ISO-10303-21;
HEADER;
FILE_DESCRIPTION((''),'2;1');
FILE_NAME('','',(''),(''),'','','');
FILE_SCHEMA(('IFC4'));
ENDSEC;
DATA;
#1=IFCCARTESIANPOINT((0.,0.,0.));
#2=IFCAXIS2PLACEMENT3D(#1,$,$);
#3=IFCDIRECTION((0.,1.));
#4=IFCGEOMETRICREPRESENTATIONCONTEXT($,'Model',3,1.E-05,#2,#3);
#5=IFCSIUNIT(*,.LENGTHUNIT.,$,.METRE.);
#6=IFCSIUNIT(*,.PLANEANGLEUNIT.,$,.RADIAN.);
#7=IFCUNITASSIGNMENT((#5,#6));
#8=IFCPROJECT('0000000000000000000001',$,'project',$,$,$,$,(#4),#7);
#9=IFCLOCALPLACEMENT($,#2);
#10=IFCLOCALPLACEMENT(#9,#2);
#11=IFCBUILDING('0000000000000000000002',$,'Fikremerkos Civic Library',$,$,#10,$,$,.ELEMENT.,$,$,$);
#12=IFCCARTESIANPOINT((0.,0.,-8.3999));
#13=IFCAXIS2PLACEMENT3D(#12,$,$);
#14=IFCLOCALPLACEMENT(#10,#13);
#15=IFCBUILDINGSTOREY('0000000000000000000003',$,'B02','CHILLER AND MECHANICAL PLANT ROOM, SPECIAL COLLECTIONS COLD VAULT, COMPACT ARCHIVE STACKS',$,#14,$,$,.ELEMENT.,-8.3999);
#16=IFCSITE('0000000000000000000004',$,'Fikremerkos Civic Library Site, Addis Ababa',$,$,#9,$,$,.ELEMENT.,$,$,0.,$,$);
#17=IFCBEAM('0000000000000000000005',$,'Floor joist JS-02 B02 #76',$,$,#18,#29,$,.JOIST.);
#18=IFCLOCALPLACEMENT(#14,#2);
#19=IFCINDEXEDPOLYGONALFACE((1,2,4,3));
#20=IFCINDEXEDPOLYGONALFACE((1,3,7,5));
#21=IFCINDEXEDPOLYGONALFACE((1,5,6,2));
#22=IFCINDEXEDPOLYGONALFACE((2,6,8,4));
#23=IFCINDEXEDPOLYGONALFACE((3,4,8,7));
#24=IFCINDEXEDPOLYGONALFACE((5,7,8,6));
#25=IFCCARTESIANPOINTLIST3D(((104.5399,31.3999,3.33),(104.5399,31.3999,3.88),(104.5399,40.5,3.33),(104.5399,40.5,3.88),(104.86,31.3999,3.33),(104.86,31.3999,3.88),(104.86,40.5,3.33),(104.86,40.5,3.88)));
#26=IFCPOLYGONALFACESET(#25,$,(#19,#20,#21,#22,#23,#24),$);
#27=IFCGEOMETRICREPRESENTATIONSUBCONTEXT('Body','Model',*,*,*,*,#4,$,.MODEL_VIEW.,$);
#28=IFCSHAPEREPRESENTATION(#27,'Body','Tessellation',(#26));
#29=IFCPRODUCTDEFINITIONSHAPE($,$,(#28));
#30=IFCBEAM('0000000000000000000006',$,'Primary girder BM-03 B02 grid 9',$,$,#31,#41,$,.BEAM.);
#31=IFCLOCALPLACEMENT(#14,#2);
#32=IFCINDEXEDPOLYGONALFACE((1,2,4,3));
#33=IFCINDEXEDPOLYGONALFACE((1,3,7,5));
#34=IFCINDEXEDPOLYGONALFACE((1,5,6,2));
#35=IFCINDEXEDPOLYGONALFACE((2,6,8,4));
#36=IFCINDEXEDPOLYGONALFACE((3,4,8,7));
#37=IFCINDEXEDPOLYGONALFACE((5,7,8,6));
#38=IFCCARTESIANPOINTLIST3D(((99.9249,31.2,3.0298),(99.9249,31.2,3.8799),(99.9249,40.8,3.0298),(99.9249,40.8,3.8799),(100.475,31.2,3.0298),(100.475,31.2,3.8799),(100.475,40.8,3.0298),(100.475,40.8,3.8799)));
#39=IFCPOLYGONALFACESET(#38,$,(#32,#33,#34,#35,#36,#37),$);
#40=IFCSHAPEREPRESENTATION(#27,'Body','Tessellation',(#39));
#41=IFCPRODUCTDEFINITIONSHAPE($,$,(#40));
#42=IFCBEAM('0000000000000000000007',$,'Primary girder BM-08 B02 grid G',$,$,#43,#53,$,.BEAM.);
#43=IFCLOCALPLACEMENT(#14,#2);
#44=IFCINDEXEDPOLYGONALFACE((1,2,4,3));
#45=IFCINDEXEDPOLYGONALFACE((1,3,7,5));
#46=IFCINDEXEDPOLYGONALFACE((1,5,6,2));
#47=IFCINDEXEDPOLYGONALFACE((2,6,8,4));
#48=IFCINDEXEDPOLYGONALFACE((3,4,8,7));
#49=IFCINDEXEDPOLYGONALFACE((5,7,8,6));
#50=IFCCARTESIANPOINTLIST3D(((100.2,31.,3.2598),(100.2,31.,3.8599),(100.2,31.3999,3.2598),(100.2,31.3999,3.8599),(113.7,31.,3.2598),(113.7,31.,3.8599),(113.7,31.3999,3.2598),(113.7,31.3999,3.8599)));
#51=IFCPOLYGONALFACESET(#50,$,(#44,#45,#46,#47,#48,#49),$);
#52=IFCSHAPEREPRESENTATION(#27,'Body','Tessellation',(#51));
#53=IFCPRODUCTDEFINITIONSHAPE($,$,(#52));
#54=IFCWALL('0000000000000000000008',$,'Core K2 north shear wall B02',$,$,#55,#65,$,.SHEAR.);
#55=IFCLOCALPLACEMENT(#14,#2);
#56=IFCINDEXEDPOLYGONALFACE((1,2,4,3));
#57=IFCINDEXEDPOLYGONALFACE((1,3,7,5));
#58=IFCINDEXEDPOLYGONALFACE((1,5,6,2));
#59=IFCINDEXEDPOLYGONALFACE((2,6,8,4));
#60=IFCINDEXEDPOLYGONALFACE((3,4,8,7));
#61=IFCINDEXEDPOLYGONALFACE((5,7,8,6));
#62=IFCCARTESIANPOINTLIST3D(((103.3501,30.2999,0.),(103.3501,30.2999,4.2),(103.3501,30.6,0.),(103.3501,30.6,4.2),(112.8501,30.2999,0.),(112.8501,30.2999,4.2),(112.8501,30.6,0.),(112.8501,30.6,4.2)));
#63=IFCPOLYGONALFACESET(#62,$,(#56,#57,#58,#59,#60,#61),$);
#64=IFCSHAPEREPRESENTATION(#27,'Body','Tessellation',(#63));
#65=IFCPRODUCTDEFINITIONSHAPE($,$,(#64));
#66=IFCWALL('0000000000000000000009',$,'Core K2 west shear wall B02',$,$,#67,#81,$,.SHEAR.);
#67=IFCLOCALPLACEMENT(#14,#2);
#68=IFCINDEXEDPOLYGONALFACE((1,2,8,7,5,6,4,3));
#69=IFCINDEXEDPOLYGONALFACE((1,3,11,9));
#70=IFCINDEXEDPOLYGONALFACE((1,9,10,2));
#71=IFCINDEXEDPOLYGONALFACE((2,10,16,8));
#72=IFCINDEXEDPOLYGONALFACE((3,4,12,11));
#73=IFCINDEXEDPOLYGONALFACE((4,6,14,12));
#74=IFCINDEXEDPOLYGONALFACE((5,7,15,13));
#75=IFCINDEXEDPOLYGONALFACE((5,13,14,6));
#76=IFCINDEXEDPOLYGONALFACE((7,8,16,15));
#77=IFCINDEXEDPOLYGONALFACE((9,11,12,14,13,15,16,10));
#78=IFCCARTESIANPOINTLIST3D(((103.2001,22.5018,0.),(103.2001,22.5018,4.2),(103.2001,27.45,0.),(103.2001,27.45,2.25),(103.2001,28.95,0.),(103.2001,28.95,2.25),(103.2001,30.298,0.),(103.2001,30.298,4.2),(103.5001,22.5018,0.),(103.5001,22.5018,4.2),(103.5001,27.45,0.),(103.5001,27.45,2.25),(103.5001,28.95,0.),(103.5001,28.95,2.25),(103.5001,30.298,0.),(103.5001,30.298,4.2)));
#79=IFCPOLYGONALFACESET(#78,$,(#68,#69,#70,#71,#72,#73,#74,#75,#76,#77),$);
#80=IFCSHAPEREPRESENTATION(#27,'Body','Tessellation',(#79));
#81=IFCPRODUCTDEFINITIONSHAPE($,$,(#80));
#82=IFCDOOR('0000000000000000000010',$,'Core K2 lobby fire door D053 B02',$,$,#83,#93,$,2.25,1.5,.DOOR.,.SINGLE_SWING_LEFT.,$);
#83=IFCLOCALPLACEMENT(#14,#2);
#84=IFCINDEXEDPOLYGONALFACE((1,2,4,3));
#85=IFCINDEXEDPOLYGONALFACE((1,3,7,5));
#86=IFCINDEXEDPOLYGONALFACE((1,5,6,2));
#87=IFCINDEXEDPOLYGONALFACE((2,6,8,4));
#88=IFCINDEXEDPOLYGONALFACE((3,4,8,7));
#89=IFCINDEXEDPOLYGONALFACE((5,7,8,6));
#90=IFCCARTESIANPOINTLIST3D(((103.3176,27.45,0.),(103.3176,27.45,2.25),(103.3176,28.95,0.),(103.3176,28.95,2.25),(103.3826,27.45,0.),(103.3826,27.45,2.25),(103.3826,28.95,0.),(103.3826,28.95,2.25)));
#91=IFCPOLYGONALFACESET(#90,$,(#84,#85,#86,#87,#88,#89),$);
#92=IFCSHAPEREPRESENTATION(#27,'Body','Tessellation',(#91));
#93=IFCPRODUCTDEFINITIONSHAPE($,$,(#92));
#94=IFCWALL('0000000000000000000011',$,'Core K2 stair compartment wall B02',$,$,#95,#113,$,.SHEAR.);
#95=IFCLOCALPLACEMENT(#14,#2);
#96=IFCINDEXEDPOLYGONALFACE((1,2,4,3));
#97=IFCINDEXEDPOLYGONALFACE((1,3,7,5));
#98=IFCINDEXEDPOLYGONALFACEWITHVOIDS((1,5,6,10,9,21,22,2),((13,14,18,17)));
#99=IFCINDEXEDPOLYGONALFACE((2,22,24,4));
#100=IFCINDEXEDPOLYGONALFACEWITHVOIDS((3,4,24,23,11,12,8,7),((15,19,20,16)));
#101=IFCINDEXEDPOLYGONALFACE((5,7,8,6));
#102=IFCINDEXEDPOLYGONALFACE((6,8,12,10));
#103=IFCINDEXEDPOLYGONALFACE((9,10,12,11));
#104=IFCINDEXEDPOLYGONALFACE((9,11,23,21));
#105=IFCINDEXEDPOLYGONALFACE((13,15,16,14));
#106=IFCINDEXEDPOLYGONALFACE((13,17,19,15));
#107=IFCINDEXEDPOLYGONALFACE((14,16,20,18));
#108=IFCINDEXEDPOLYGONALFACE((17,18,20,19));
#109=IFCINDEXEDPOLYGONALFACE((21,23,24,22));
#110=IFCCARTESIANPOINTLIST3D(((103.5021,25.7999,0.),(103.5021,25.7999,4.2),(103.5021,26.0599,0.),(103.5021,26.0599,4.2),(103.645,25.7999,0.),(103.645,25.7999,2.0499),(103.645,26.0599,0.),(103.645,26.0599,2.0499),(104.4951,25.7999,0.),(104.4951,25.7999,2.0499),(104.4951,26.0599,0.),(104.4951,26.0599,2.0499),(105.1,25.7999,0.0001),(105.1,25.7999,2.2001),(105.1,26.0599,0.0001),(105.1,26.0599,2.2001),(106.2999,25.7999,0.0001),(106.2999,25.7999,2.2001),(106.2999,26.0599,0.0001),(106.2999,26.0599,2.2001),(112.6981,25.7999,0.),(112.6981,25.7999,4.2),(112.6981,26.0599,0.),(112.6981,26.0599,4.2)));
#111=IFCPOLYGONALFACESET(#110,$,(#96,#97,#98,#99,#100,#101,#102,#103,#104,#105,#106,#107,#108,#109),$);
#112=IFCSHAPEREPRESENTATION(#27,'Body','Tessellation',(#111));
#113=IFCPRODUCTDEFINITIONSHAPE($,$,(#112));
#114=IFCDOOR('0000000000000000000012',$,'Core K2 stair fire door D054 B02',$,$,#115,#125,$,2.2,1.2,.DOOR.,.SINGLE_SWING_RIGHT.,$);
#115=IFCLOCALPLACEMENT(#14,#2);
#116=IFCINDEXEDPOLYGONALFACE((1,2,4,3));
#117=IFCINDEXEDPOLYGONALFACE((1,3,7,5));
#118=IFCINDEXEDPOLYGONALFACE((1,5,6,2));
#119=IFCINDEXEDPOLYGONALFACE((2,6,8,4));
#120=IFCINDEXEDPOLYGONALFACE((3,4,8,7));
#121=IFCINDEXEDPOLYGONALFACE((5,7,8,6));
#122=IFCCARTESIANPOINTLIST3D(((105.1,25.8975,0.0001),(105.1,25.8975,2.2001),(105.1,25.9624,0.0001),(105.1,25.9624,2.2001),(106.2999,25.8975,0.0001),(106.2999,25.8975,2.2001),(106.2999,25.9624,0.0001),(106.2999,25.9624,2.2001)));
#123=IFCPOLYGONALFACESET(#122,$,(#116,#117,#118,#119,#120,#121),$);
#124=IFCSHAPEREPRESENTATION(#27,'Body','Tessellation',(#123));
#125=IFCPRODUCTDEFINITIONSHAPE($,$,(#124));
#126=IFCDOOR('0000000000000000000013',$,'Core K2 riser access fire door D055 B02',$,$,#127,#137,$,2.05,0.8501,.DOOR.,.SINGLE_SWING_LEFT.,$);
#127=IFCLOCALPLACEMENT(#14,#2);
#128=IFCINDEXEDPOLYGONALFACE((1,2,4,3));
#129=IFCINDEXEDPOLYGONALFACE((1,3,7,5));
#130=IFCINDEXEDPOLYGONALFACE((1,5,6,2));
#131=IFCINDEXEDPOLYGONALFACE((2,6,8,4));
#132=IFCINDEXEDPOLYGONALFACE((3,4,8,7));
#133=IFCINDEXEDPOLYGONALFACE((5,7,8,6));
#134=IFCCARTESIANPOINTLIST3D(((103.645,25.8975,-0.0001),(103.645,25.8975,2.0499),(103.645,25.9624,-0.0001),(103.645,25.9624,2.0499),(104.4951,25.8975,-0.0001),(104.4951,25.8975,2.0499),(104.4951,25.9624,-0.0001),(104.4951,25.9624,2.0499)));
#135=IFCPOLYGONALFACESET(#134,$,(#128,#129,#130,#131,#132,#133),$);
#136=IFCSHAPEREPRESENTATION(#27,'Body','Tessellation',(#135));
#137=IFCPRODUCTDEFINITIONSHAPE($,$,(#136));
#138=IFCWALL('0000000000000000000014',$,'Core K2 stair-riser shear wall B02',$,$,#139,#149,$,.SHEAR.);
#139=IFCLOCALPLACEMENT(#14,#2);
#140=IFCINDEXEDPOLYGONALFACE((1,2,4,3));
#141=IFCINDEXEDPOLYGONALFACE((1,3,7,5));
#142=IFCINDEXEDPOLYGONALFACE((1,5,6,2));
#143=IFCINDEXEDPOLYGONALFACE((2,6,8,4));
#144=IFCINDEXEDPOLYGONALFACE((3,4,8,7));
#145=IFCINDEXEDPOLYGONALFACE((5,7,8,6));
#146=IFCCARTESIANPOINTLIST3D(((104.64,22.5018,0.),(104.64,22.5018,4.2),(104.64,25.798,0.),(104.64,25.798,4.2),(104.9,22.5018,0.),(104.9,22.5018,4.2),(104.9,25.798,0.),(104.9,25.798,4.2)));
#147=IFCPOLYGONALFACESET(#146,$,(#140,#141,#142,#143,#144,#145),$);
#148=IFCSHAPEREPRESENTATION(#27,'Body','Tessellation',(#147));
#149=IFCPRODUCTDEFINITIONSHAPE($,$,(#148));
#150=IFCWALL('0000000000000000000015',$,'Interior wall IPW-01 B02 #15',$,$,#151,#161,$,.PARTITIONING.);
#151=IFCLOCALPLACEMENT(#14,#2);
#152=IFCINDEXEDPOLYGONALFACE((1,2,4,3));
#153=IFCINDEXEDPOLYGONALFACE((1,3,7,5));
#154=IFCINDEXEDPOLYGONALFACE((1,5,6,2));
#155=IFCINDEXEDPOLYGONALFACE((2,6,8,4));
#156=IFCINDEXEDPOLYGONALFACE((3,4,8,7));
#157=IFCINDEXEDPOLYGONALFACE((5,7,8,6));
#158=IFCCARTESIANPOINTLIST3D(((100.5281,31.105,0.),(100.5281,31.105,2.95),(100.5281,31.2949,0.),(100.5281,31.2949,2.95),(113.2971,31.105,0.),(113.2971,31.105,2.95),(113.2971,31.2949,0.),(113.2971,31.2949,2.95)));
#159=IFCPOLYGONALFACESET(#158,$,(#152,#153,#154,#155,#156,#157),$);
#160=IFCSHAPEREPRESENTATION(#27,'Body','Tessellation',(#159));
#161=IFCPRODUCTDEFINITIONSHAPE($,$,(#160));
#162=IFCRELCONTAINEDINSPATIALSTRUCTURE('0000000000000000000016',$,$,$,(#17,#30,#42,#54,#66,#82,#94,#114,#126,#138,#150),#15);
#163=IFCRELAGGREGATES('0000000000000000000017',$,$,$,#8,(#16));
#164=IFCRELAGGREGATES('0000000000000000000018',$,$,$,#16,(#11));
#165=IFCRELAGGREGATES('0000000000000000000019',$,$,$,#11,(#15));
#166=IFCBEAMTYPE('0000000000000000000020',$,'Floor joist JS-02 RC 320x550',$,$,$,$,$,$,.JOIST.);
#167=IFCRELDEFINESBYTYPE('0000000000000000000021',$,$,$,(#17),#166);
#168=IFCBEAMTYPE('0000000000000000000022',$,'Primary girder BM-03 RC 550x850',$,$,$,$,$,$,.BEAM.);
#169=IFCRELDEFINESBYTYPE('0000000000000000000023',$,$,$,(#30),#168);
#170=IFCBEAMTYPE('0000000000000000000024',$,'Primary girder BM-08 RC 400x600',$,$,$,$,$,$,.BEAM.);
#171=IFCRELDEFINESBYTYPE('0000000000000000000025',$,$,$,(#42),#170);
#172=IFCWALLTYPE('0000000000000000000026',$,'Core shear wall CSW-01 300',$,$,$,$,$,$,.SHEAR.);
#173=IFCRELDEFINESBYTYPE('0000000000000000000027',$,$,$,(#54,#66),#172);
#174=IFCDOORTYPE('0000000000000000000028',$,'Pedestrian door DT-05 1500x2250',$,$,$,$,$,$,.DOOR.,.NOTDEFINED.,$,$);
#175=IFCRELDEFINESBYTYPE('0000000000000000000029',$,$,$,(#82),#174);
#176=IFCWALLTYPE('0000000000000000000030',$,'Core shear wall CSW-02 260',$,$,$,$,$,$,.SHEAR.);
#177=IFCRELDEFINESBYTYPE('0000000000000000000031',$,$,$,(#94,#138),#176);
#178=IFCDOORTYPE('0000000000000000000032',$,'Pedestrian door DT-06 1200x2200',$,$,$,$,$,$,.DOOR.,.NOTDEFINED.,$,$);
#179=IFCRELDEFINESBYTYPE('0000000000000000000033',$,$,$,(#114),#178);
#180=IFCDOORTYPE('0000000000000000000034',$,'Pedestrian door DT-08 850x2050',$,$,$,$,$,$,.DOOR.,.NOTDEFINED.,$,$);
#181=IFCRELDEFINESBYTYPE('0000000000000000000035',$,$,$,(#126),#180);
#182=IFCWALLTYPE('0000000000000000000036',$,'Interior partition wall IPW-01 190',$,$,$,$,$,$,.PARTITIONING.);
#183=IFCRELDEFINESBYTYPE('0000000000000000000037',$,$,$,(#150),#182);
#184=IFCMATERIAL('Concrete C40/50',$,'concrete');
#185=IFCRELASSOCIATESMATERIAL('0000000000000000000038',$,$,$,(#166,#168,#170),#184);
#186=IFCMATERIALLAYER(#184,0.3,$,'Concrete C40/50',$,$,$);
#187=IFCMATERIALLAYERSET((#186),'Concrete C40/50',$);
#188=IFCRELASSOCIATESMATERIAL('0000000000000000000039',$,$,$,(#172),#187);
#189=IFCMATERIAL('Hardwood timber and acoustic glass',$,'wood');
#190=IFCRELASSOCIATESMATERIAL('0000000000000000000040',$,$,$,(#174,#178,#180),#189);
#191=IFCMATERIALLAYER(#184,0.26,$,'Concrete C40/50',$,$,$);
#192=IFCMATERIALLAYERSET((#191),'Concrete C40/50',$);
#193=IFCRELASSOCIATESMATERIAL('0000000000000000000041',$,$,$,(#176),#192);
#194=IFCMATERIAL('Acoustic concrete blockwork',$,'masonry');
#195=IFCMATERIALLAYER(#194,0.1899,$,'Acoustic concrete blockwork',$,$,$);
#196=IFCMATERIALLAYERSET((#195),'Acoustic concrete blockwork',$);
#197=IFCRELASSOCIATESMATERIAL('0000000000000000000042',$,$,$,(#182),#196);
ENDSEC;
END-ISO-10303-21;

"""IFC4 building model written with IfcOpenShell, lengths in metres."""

from ifc_helpers import new_model, si_unit, direction, frame, frame_2d, origin, origin_2d, place, context, subcontext, project, spatial, rectangle, extrude, material, layer, layer_set, material_profile, profile_set, type_object, element, fill, save


model = new_model("IFC4")

# Units and contexts
model_context = context("Model", 3, precision=1e-05, world=origin(), true_north=direction((0.0, 1.0)))
body_context = subcontext(model_context, "Body", "Model", "MODEL_VIEW")
ifc_project = project(units=[si_unit("LENGTHUNIT", "METRE"), si_unit("PLANEANGLEUNIT", "RADIAN")], contexts=[model_context])

# Site, building, storey
site_placement = place(None, origin())
site = spatial("IfcSite", under=ifc_project, at=site_placement, Name="Fikremerkos Civic Library Site, Addis Ababa", CompositionType="ELEMENT", RefElevation=0.0)
building_placement = place(site_placement, origin())
building = spatial("IfcBuilding", under=site, at=building_placement, Name="Fikremerkos Civic Library", CompositionType="ELEMENT")
storey_placement = place(building_placement, frame((0.0, 0.0, -8.3999)))
storey = spatial("IfcBuildingStorey", under=building, at=storey_placement, Name="B02", Description="CHILLER AND MECHANICAL PLANT ROOM, SPECIAL COLLECTIONS COLD VAULT, COMPACT ARCHIVE STACKS", CompositionType="ELEMENT", Elevation=-8.3999)

# Shared definitions
ifc_material_1 = material(Name="Concrete C40/50", Category="concrete")

# Beams
ifc_material_profile_1 = material_profile(ifc_material_1, rectangle(XDim=0.3201, YDim=0.55, at=origin_2d()), Name="RC 320x550")
ifc_profile_set_1 = profile_set([ifc_material_profile_1], Name="Concrete C40/50")
beam_type_1 = type_object("IfcBeamType", Name="Floor joist JS-02 RC 320x550", PredefinedType="JOIST", material=ifc_profile_set_1)
beam_1_placement = place(storey_placement, frame((104.7, 31.3999, 3.605), z_axis=(0.0, 1.0, 0.0), x_axis=(-1.0, 0.0, 0.0)))
element("IfcBeam", 1, at=beam_1_placement, inside=storey, type_object=beam_type_1, Name="Floor joist JS-02 B02 #76", PredefinedType="JOIST", context=body_context, shape_type="SweptSolid", body=[
    extrude(rectangle(XDim=0.3201, YDim=0.55, at=origin_2d()), origin(), (0.0, 0.0, 1.0), 9.1001),
])
ifc_material_profile_2 = material_profile(ifc_material_1, rectangle(XDim=0.55, YDim=0.8501, at=origin_2d()), Name="RC 550x850")
ifc_profile_set_2 = profile_set([ifc_material_profile_2], Name="Concrete C40/50")
beam_type_2 = type_object("IfcBeamType", Name="Primary girder BM-03 RC 550x850", PredefinedType="BEAM", material=ifc_profile_set_2)
beam_2_placement = place(storey_placement, frame((100.2, 31.2, 3.4548), z_axis=(0.0, 1.0, 0.0), x_axis=(-1.0, 0.0, 0.0)))
element("IfcBeam", 2, at=beam_2_placement, inside=storey, type_object=beam_type_2, Name="Primary girder BM-03 B02 grid 9", PredefinedType="BEAM", context=body_context, shape_type="SweptSolid", body=[
    extrude(rectangle(XDim=0.55, YDim=0.8501, at=origin_2d()), origin(), (0.0, 0.0, 1.0), 9.6001),
])
ifc_material_profile_3 = material_profile(ifc_material_1, rectangle(XDim=0.3999, YDim=0.6001, at=origin_2d()), Name="RC 400x600")
ifc_profile_set_3 = profile_set([ifc_material_profile_3], Name="Concrete C40/50")
beam_type_3 = type_object("IfcBeamType", Name="Primary girder BM-08 RC 400x600", PredefinedType="BEAM", material=ifc_profile_set_3)
beam_3_placement = place(storey_placement, frame((100.2, 31.2, 3.5598), z_axis=(1.0, 0.0, 0.0), x_axis=(0.0, 1.0, 0.0)))
element("IfcBeam", 3, at=beam_3_placement, inside=storey, type_object=beam_type_3, Name="Primary girder BM-08 B02 grid G", PredefinedType="BEAM", context=body_context, shape_type="SweptSolid", body=[
    extrude(rectangle(XDim=0.3999, YDim=0.6001, at=origin_2d()), origin(), (0.0, 0.0, 1.0), 13.5),
])

# Wall
ifc_layer_1 = layer(ifc_material_1, 0.3, Name="Concrete C40/50")
ifc_layer_set_1 = layer_set([ifc_layer_1], Name="Concrete C40/50")
wall_type_1 = type_object("IfcWallType", Name="Core shear wall CSW-01 300", PredefinedType="SHEAR", material=ifc_layer_set_1)
wall_1_placement = place(storey_placement, frame((103.3501, 30.45, 0.0), z_axis=(0.0, 0.0, 1.0), x_axis=(1.0, 0.0, 0.0)))
element("IfcWall", 4, at=wall_1_placement, inside=storey, type_object=wall_type_1, Name="Core K2 north shear wall B02", PredefinedType="SHEAR", context=body_context, shape_type="SweptSolid", body=[
    extrude(rectangle(XDim=9.5, YDim=0.3, at=frame_2d((4.75, 0.0))), origin(), (0.0, 0.0, 1.0), 4.2),
])

# Wall, opening, door
wall_2_placement = place(storey_placement, frame((103.3501, 22.502, 0.0), z_axis=(0.0, 0.0, 1.0), x_axis=(0.0, 1.0, 0.0)))
wall_2 = element("IfcWall", 5, at=wall_2_placement, inside=storey, type_object=wall_type_1, Name="Core K2 west shear wall B02", PredefinedType="SHEAR", context=body_context, shape_type="SweptSolid", body=[
    extrude(rectangle(XDim=7.7961, YDim=0.3, at=frame_2d((3.8979, 0.0))), origin(), (0.0, 0.0, 1.0), 4.2),
])
opening_1_placement = place(wall_2_placement, frame((4.948, 0.0, 0.0)))
opening_1 = element("IfcOpeningElement", 6, at=opening_1_placement, cuts=wall_2, PredefinedType="OPENING", context=body_context, shape_type="SweptSolid", body=[
    extrude(rectangle(XDim=1.5, YDim=2.25, at=frame_2d((0.75, 1.125))), frame((0.0, 0.1599, 0.0), z_axis=(0.0, -1.0, 0.0), x_axis=(1.0, 0.0, 0.0)), (0.0, 0.0, 1.0), 0.3201),
])
ifc_material_2 = material(Name="Hardwood timber and acoustic glass", Category="wood")
door_type_1 = type_object("IfcDoorType", Name="Pedestrian door DT-05 1500x2250", OperationType="NOTDEFINED", PredefinedType="DOOR", material=ifc_material_2)
door_1_placement = place(opening_1_placement, origin())
door_1 = element("IfcDoor", 7, at=door_1_placement, inside=storey, type_object=door_type_1, Name="Core K2 lobby fire door D053 B02", OperationType="SINGLE_SWING_LEFT", OverallHeight=2.25, OverallWidth=1.5, PredefinedType="DOOR", context=body_context, shape_type="SweptSolid", body=[
    extrude(rectangle(XDim=1.5, YDim=2.25, at=frame_2d((0.75, 1.125))), frame((0.0, 0.0325, 0.0), z_axis=(0.0, -1.0, 0.0), x_axis=(1.0, 0.0, 0.0)), (0.0, 0.0, 1.0), 0.0649),
])
fill(opening_1, door_1)

# Wall, openings, doors
ifc_layer_2 = layer(ifc_material_1, 0.26, Name="Concrete C40/50")
ifc_layer_set_2 = layer_set([ifc_layer_2], Name="Concrete C40/50")
wall_type_2 = type_object("IfcWallType", Name="Core shear wall CSW-02 260", PredefinedType="SHEAR", material=ifc_layer_set_2)
wall_3_placement = place(storey_placement, frame((103.502, 25.9299, 0.0), z_axis=(0.0, 0.0, 1.0), x_axis=(1.0, 0.0, 0.0)))
wall_3 = element("IfcWall", 8, at=wall_3_placement, inside=storey, type_object=wall_type_2, Name="Core K2 stair compartment wall B02", PredefinedType="SHEAR", context=body_context, shape_type="SweptSolid", body=[
    extrude(rectangle(XDim=9.196, YDim=0.26, at=frame_2d((4.5981, 0.0))), origin(), (0.0, 0.0, 1.0), 4.2),
])
opening_2_placement = place(wall_3_placement, frame((1.5979, 0.0, 0.0)))
opening_2 = element("IfcOpeningElement", 9, at=opening_2_placement, cuts=wall_3, PredefinedType="OPENING", context=body_context, shape_type="SweptSolid", body=[
    extrude(rectangle(XDim=1.2, YDim=2.2, at=frame_2d((0.6001, 1.1001))), frame((0.0, 0.1399, 0.0), z_axis=(0.0, -1.0, 0.0), x_axis=(1.0, 0.0, 0.0)), (0.0, 0.0, 1.0), 0.28),
])
opening_3_placement = place(wall_3_placement, frame((0.1431, 0.0, 0.0)))
opening_3 = element("IfcOpeningElement", 10, at=opening_3_placement, cuts=wall_3, PredefinedType="OPENING", context=body_context, shape_type="SweptSolid", body=[
    extrude(rectangle(XDim=0.8501, YDim=2.05, at=frame_2d((0.425, 1.0249))), frame((0.0, 0.1399, 0.0), z_axis=(0.0, -1.0, 0.0), x_axis=(1.0, 0.0, 0.0)), (0.0, 0.0, 1.0), 0.28),
])
door_type_2 = type_object("IfcDoorType", Name="Pedestrian door DT-06 1200x2200", OperationType="NOTDEFINED", PredefinedType="DOOR", material=ifc_material_2)
door_2_placement = place(opening_2_placement, origin())
door_2 = element("IfcDoor", 11, at=door_2_placement, inside=storey, type_object=door_type_2, Name="Core K2 stair fire door D054 B02", OperationType="SINGLE_SWING_RIGHT", OverallHeight=2.2, OverallWidth=1.2, PredefinedType="DOOR", context=body_context, shape_type="SweptSolid", body=[
    extrude(rectangle(XDim=1.2, YDim=2.2, at=frame_2d((0.6001, 1.1001))), frame((0.0, 0.0325, 0.0), z_axis=(0.0, -1.0, 0.0), x_axis=(1.0, 0.0, 0.0)), (0.0, 0.0, 1.0), 0.0649),
])
fill(opening_2, door_2)
door_type_3 = type_object("IfcDoorType", Name="Pedestrian door DT-08 850x2050", OperationType="NOTDEFINED", PredefinedType="DOOR", material=ifc_material_2)
door_3_placement = place(opening_3_placement, origin())
door_3 = element("IfcDoor", 12, at=door_3_placement, inside=storey, type_object=door_type_3, Name="Core K2 riser access fire door D055 B02", OperationType="SINGLE_SWING_LEFT", OverallHeight=2.05, OverallWidth=0.8501, PredefinedType="DOOR", context=body_context, shape_type="SweptSolid", body=[
    extrude(rectangle(XDim=0.8501, YDim=2.05, at=frame_2d((0.425, 1.0249))), frame((0.0, 0.0325, 0.0), z_axis=(0.0, -1.0, 0.0), x_axis=(1.0, 0.0, 0.0)), (0.0, 0.0, 1.0), 0.0649),
])
fill(opening_3, door_3)

# Walls
wall_4_placement = place(storey_placement, frame((104.77, 22.502, 0.0), z_axis=(0.0, 0.0, 1.0), x_axis=(0.0, 1.0, 0.0)))
element("IfcWall", 13, at=wall_4_placement, inside=storey, type_object=wall_type_2, Name="Core K2 stair-riser shear wall B02", PredefinedType="SHEAR", context=body_context, shape_type="SweptSolid", body=[
    extrude(rectangle(XDim=3.2961, YDim=0.26, at=frame_2d((1.6479, 0.0))), origin(), (0.0, 0.0, 1.0), 4.2),
])
ifc_material_3 = material(Name="Acoustic concrete blockwork", Category="masonry")
ifc_layer_3 = layer(ifc_material_3, 0.1899, Name="Acoustic concrete blockwork")
ifc_layer_set_3 = layer_set([ifc_layer_3], Name="Acoustic concrete blockwork")
wall_type_3 = type_object("IfcWallType", Name="Interior partition wall IPW-01 190", PredefinedType="PARTITIONING", material=ifc_layer_set_3)
wall_5_placement = place(storey_placement, frame((100.5281, 31.2, 0.0), z_axis=(0.0, 0.0, 1.0), x_axis=(1.0, 0.0, 0.0)))
element("IfcWall", 14, at=wall_5_placement, inside=storey, type_object=wall_type_3, Name="Interior wall IPW-01 B02 #15", PredefinedType="PARTITIONING", context=body_context, shape_type="SweptSolid", body=[
    extrude(rectangle(XDim=12.769, YDim=0.1899, at=frame_2d((6.3845, 0.0))), origin(), (0.0, 0.0, 1.0), 2.95),
])

save(model, "model.ifc")
